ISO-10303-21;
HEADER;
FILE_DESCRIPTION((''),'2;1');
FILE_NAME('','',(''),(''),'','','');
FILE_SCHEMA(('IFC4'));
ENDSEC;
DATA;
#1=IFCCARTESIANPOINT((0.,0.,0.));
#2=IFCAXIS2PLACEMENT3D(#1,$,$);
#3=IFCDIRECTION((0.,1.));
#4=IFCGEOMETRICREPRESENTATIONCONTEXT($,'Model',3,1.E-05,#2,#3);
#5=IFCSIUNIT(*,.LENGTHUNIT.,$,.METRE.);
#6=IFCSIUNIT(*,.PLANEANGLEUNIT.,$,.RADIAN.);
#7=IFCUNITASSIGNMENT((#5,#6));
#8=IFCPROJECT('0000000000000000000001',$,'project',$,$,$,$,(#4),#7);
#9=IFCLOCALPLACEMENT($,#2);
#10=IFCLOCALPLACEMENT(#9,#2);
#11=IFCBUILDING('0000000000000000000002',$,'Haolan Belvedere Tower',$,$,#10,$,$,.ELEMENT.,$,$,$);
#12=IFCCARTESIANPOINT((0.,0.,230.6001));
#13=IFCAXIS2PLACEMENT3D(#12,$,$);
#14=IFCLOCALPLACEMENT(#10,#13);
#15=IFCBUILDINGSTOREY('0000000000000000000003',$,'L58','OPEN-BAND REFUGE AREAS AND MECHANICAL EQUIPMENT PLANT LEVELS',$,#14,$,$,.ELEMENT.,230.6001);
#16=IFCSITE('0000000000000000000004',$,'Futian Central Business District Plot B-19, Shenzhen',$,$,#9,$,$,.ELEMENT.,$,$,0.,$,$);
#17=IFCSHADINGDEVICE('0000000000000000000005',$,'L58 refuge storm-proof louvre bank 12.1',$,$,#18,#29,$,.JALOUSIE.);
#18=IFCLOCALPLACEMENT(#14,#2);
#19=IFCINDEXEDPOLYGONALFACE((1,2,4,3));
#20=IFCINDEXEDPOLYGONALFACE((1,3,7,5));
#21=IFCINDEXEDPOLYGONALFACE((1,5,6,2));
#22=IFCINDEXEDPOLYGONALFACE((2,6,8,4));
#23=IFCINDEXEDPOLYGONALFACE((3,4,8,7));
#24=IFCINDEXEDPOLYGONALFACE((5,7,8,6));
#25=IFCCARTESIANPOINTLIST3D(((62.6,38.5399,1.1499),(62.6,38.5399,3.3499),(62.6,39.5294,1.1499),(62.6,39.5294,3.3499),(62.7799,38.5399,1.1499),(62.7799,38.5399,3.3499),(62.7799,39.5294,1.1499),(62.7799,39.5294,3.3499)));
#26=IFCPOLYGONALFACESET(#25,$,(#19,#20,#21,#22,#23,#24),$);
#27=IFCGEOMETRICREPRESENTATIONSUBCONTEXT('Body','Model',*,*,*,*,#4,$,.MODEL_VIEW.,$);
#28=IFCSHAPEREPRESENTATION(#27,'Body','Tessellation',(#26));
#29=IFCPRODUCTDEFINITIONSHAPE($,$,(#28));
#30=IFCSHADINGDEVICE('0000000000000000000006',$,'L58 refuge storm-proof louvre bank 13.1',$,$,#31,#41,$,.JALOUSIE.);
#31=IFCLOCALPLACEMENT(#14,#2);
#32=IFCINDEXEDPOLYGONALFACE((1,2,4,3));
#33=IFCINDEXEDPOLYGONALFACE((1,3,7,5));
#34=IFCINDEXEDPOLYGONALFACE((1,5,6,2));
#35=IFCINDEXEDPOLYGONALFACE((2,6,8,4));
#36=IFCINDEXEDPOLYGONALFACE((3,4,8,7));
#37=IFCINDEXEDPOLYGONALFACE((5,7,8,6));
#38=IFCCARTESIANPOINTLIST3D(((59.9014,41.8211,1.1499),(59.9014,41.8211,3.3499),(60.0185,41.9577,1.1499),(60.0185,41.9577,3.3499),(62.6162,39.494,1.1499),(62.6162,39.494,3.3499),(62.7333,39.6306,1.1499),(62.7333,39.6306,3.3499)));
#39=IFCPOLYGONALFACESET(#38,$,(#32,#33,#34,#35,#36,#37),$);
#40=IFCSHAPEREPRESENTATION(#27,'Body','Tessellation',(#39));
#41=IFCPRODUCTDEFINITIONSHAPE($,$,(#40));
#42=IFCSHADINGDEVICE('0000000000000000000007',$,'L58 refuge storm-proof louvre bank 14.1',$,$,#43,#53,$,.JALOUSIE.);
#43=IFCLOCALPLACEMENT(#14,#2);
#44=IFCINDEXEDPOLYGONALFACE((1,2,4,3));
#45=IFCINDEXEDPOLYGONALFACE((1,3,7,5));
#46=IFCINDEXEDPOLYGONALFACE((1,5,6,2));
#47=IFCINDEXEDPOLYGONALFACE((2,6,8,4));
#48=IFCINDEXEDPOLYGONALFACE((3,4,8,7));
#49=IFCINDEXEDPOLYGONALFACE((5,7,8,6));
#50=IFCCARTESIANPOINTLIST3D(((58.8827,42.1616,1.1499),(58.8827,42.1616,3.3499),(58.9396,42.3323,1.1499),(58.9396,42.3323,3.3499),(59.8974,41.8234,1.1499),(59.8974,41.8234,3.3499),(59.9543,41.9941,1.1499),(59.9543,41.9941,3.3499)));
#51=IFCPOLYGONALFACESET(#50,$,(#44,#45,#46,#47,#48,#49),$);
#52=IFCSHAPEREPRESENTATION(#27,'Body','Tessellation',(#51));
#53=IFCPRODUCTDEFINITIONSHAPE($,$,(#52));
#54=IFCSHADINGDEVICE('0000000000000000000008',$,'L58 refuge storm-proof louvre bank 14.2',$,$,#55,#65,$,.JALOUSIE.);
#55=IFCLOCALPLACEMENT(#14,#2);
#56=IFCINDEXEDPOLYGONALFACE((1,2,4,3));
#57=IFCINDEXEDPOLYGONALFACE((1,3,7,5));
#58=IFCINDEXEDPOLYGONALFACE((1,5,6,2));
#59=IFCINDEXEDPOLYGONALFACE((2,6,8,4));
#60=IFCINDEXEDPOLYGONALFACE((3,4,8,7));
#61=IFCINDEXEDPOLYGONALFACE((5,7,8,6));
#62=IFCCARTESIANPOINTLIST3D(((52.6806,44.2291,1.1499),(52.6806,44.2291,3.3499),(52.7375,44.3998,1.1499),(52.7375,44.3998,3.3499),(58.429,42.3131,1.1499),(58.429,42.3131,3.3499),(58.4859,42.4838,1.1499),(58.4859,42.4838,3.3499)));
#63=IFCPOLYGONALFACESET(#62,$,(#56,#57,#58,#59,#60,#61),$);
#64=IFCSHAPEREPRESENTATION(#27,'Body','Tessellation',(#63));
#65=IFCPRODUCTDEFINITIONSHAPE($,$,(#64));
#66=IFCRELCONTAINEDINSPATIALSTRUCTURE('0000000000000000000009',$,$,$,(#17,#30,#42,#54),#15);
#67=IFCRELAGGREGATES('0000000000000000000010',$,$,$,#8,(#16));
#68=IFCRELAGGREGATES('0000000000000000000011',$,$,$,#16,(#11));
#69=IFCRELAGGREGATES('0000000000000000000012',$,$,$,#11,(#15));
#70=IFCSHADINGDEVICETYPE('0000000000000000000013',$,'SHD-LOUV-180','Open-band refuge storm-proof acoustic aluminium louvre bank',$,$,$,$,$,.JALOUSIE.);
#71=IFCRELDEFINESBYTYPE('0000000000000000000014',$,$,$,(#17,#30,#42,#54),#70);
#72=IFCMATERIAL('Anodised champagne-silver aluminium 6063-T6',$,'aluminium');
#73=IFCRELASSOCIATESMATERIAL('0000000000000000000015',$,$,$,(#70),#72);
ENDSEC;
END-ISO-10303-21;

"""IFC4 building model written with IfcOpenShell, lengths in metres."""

from ifc_helpers import new_model, si_unit, direction, frame, origin, origin_2d, place, context, subcontext, project, spatial, rectangle, extrude, material, type_object, element, save


model = new_model("IFC4")

# Units and contexts
model_context = context("Model", 3, precision=1e-05, world=origin(), true_north=direction((0.0, 1.0)))
body_context = subcontext(model_context, "Body", "Model", "MODEL_VIEW")
ifc_project = project(units=[si_unit("LENGTHUNIT", "METRE"), si_unit("PLANEANGLEUNIT", "RADIAN")], contexts=[model_context])

# Site, building, storey
site_placement = place(None, origin())
site = spatial("IfcSite", under=ifc_project, at=site_placement, Name="Futian Central Business District Plot B-19, Shenzhen", CompositionType="ELEMENT", RefElevation=0.0)
building_placement = place(site_placement, origin())
building = spatial("IfcBuilding", under=site, at=building_placement, Name="Haolan Belvedere Tower", CompositionType="ELEMENT")
storey_placement = place(building_placement, frame((0.0, 0.0, 230.6001)))
storey = spatial("IfcBuildingStorey", under=building, at=storey_placement, Name="L58", Description="OPEN-BAND REFUGE AREAS AND MECHANICAL EQUIPMENT PLANT LEVELS", CompositionType="ELEMENT", Elevation=230.6001)

# Shading devices
ifc_material_1 = material(Name="Anodised champagne-silver aluminium 6063-T6", Category="aluminium")
shading_device_type = type_object("IfcShadingDeviceType", Name="SHD-LOUV-180", Description="Open-band refuge storm-proof acoustic aluminium louvre bank", PredefinedType="JALOUSIE", material=ifc_material_1)
shading_device_1_placement = place(storey_placement, frame((62.6899, 39.0347, 1.1499), z_axis=(0.0, 0.0, 1.0), x_axis=(0.0, 1.0, 0.0)))
element("IfcShadingDevice", 1, at=shading_device_1_placement, inside=storey, type_object=shading_device_type, Name="L58 refuge storm-proof louvre bank 12.1", PredefinedType="JALOUSIE", context=body_context, shape_type="SweptSolid", body=[
    extrude(rectangle(XDim=0.9895, YDim=0.1799, at=origin_2d()), origin(), (0.0, 0.0, 1.0), 2.2),
])
shading_device_2_placement = place(storey_placement, frame((61.3174, 40.7258, 1.1499), z_axis=(0.0, 0.0, 1.0), x_axis=(-0.759249, 0.650801, 0.0)))
element("IfcShadingDevice", 2, at=shading_device_2_placement, inside=storey, type_object=shading_device_type, Name="L58 refuge storm-proof louvre bank 13.1", PredefinedType="JALOUSIE", context=body_context, shape_type="SweptSolid", body=[
    extrude(rectangle(XDim=3.5757, YDim=0.1799, at=origin_2d()), origin(), (0.0, 0.0, 1.0), 2.2),
])
shading_device_3_placement = place(storey_placement, frame((59.4185, 42.0779, 1.1499), z_axis=(0.0, 0.0, 1.0), x_axis=(-0.948694, 0.316195, 0.0)))
element("IfcShadingDevice", 3, at=shading_device_3_placement, inside=storey, type_object=shading_device_type, Name="L58 refuge storm-proof louvre bank 14.1", PredefinedType="JALOUSIE", context=body_context, shape_type="SweptSolid", body=[
    extrude(rectangle(XDim=1.0696, YDim=0.1799, at=origin_2d()), origin(), (0.0, 0.0, 1.0), 2.2),
])
shading_device_4_placement = place(storey_placement, frame((55.5833, 43.3564, 1.1499), z_axis=(0.0, 0.0, 1.0), x_axis=(-0.948689, 0.316212, 0.0)))
element("IfcShadingDevice", 4, at=shading_device_4_placement, inside=storey, type_object=shading_device_type, Name="L58 refuge storm-proof louvre bank 14.2", PredefinedType="JALOUSIE", context=body_context, shape_type="SweptSolid", body=[
    extrude(rectangle(XDim=6.0593, YDim=0.1799, at=origin_2d()), origin(), (0.0, 0.0, 1.0), 2.2),
])

save(model, "model.ifc")
